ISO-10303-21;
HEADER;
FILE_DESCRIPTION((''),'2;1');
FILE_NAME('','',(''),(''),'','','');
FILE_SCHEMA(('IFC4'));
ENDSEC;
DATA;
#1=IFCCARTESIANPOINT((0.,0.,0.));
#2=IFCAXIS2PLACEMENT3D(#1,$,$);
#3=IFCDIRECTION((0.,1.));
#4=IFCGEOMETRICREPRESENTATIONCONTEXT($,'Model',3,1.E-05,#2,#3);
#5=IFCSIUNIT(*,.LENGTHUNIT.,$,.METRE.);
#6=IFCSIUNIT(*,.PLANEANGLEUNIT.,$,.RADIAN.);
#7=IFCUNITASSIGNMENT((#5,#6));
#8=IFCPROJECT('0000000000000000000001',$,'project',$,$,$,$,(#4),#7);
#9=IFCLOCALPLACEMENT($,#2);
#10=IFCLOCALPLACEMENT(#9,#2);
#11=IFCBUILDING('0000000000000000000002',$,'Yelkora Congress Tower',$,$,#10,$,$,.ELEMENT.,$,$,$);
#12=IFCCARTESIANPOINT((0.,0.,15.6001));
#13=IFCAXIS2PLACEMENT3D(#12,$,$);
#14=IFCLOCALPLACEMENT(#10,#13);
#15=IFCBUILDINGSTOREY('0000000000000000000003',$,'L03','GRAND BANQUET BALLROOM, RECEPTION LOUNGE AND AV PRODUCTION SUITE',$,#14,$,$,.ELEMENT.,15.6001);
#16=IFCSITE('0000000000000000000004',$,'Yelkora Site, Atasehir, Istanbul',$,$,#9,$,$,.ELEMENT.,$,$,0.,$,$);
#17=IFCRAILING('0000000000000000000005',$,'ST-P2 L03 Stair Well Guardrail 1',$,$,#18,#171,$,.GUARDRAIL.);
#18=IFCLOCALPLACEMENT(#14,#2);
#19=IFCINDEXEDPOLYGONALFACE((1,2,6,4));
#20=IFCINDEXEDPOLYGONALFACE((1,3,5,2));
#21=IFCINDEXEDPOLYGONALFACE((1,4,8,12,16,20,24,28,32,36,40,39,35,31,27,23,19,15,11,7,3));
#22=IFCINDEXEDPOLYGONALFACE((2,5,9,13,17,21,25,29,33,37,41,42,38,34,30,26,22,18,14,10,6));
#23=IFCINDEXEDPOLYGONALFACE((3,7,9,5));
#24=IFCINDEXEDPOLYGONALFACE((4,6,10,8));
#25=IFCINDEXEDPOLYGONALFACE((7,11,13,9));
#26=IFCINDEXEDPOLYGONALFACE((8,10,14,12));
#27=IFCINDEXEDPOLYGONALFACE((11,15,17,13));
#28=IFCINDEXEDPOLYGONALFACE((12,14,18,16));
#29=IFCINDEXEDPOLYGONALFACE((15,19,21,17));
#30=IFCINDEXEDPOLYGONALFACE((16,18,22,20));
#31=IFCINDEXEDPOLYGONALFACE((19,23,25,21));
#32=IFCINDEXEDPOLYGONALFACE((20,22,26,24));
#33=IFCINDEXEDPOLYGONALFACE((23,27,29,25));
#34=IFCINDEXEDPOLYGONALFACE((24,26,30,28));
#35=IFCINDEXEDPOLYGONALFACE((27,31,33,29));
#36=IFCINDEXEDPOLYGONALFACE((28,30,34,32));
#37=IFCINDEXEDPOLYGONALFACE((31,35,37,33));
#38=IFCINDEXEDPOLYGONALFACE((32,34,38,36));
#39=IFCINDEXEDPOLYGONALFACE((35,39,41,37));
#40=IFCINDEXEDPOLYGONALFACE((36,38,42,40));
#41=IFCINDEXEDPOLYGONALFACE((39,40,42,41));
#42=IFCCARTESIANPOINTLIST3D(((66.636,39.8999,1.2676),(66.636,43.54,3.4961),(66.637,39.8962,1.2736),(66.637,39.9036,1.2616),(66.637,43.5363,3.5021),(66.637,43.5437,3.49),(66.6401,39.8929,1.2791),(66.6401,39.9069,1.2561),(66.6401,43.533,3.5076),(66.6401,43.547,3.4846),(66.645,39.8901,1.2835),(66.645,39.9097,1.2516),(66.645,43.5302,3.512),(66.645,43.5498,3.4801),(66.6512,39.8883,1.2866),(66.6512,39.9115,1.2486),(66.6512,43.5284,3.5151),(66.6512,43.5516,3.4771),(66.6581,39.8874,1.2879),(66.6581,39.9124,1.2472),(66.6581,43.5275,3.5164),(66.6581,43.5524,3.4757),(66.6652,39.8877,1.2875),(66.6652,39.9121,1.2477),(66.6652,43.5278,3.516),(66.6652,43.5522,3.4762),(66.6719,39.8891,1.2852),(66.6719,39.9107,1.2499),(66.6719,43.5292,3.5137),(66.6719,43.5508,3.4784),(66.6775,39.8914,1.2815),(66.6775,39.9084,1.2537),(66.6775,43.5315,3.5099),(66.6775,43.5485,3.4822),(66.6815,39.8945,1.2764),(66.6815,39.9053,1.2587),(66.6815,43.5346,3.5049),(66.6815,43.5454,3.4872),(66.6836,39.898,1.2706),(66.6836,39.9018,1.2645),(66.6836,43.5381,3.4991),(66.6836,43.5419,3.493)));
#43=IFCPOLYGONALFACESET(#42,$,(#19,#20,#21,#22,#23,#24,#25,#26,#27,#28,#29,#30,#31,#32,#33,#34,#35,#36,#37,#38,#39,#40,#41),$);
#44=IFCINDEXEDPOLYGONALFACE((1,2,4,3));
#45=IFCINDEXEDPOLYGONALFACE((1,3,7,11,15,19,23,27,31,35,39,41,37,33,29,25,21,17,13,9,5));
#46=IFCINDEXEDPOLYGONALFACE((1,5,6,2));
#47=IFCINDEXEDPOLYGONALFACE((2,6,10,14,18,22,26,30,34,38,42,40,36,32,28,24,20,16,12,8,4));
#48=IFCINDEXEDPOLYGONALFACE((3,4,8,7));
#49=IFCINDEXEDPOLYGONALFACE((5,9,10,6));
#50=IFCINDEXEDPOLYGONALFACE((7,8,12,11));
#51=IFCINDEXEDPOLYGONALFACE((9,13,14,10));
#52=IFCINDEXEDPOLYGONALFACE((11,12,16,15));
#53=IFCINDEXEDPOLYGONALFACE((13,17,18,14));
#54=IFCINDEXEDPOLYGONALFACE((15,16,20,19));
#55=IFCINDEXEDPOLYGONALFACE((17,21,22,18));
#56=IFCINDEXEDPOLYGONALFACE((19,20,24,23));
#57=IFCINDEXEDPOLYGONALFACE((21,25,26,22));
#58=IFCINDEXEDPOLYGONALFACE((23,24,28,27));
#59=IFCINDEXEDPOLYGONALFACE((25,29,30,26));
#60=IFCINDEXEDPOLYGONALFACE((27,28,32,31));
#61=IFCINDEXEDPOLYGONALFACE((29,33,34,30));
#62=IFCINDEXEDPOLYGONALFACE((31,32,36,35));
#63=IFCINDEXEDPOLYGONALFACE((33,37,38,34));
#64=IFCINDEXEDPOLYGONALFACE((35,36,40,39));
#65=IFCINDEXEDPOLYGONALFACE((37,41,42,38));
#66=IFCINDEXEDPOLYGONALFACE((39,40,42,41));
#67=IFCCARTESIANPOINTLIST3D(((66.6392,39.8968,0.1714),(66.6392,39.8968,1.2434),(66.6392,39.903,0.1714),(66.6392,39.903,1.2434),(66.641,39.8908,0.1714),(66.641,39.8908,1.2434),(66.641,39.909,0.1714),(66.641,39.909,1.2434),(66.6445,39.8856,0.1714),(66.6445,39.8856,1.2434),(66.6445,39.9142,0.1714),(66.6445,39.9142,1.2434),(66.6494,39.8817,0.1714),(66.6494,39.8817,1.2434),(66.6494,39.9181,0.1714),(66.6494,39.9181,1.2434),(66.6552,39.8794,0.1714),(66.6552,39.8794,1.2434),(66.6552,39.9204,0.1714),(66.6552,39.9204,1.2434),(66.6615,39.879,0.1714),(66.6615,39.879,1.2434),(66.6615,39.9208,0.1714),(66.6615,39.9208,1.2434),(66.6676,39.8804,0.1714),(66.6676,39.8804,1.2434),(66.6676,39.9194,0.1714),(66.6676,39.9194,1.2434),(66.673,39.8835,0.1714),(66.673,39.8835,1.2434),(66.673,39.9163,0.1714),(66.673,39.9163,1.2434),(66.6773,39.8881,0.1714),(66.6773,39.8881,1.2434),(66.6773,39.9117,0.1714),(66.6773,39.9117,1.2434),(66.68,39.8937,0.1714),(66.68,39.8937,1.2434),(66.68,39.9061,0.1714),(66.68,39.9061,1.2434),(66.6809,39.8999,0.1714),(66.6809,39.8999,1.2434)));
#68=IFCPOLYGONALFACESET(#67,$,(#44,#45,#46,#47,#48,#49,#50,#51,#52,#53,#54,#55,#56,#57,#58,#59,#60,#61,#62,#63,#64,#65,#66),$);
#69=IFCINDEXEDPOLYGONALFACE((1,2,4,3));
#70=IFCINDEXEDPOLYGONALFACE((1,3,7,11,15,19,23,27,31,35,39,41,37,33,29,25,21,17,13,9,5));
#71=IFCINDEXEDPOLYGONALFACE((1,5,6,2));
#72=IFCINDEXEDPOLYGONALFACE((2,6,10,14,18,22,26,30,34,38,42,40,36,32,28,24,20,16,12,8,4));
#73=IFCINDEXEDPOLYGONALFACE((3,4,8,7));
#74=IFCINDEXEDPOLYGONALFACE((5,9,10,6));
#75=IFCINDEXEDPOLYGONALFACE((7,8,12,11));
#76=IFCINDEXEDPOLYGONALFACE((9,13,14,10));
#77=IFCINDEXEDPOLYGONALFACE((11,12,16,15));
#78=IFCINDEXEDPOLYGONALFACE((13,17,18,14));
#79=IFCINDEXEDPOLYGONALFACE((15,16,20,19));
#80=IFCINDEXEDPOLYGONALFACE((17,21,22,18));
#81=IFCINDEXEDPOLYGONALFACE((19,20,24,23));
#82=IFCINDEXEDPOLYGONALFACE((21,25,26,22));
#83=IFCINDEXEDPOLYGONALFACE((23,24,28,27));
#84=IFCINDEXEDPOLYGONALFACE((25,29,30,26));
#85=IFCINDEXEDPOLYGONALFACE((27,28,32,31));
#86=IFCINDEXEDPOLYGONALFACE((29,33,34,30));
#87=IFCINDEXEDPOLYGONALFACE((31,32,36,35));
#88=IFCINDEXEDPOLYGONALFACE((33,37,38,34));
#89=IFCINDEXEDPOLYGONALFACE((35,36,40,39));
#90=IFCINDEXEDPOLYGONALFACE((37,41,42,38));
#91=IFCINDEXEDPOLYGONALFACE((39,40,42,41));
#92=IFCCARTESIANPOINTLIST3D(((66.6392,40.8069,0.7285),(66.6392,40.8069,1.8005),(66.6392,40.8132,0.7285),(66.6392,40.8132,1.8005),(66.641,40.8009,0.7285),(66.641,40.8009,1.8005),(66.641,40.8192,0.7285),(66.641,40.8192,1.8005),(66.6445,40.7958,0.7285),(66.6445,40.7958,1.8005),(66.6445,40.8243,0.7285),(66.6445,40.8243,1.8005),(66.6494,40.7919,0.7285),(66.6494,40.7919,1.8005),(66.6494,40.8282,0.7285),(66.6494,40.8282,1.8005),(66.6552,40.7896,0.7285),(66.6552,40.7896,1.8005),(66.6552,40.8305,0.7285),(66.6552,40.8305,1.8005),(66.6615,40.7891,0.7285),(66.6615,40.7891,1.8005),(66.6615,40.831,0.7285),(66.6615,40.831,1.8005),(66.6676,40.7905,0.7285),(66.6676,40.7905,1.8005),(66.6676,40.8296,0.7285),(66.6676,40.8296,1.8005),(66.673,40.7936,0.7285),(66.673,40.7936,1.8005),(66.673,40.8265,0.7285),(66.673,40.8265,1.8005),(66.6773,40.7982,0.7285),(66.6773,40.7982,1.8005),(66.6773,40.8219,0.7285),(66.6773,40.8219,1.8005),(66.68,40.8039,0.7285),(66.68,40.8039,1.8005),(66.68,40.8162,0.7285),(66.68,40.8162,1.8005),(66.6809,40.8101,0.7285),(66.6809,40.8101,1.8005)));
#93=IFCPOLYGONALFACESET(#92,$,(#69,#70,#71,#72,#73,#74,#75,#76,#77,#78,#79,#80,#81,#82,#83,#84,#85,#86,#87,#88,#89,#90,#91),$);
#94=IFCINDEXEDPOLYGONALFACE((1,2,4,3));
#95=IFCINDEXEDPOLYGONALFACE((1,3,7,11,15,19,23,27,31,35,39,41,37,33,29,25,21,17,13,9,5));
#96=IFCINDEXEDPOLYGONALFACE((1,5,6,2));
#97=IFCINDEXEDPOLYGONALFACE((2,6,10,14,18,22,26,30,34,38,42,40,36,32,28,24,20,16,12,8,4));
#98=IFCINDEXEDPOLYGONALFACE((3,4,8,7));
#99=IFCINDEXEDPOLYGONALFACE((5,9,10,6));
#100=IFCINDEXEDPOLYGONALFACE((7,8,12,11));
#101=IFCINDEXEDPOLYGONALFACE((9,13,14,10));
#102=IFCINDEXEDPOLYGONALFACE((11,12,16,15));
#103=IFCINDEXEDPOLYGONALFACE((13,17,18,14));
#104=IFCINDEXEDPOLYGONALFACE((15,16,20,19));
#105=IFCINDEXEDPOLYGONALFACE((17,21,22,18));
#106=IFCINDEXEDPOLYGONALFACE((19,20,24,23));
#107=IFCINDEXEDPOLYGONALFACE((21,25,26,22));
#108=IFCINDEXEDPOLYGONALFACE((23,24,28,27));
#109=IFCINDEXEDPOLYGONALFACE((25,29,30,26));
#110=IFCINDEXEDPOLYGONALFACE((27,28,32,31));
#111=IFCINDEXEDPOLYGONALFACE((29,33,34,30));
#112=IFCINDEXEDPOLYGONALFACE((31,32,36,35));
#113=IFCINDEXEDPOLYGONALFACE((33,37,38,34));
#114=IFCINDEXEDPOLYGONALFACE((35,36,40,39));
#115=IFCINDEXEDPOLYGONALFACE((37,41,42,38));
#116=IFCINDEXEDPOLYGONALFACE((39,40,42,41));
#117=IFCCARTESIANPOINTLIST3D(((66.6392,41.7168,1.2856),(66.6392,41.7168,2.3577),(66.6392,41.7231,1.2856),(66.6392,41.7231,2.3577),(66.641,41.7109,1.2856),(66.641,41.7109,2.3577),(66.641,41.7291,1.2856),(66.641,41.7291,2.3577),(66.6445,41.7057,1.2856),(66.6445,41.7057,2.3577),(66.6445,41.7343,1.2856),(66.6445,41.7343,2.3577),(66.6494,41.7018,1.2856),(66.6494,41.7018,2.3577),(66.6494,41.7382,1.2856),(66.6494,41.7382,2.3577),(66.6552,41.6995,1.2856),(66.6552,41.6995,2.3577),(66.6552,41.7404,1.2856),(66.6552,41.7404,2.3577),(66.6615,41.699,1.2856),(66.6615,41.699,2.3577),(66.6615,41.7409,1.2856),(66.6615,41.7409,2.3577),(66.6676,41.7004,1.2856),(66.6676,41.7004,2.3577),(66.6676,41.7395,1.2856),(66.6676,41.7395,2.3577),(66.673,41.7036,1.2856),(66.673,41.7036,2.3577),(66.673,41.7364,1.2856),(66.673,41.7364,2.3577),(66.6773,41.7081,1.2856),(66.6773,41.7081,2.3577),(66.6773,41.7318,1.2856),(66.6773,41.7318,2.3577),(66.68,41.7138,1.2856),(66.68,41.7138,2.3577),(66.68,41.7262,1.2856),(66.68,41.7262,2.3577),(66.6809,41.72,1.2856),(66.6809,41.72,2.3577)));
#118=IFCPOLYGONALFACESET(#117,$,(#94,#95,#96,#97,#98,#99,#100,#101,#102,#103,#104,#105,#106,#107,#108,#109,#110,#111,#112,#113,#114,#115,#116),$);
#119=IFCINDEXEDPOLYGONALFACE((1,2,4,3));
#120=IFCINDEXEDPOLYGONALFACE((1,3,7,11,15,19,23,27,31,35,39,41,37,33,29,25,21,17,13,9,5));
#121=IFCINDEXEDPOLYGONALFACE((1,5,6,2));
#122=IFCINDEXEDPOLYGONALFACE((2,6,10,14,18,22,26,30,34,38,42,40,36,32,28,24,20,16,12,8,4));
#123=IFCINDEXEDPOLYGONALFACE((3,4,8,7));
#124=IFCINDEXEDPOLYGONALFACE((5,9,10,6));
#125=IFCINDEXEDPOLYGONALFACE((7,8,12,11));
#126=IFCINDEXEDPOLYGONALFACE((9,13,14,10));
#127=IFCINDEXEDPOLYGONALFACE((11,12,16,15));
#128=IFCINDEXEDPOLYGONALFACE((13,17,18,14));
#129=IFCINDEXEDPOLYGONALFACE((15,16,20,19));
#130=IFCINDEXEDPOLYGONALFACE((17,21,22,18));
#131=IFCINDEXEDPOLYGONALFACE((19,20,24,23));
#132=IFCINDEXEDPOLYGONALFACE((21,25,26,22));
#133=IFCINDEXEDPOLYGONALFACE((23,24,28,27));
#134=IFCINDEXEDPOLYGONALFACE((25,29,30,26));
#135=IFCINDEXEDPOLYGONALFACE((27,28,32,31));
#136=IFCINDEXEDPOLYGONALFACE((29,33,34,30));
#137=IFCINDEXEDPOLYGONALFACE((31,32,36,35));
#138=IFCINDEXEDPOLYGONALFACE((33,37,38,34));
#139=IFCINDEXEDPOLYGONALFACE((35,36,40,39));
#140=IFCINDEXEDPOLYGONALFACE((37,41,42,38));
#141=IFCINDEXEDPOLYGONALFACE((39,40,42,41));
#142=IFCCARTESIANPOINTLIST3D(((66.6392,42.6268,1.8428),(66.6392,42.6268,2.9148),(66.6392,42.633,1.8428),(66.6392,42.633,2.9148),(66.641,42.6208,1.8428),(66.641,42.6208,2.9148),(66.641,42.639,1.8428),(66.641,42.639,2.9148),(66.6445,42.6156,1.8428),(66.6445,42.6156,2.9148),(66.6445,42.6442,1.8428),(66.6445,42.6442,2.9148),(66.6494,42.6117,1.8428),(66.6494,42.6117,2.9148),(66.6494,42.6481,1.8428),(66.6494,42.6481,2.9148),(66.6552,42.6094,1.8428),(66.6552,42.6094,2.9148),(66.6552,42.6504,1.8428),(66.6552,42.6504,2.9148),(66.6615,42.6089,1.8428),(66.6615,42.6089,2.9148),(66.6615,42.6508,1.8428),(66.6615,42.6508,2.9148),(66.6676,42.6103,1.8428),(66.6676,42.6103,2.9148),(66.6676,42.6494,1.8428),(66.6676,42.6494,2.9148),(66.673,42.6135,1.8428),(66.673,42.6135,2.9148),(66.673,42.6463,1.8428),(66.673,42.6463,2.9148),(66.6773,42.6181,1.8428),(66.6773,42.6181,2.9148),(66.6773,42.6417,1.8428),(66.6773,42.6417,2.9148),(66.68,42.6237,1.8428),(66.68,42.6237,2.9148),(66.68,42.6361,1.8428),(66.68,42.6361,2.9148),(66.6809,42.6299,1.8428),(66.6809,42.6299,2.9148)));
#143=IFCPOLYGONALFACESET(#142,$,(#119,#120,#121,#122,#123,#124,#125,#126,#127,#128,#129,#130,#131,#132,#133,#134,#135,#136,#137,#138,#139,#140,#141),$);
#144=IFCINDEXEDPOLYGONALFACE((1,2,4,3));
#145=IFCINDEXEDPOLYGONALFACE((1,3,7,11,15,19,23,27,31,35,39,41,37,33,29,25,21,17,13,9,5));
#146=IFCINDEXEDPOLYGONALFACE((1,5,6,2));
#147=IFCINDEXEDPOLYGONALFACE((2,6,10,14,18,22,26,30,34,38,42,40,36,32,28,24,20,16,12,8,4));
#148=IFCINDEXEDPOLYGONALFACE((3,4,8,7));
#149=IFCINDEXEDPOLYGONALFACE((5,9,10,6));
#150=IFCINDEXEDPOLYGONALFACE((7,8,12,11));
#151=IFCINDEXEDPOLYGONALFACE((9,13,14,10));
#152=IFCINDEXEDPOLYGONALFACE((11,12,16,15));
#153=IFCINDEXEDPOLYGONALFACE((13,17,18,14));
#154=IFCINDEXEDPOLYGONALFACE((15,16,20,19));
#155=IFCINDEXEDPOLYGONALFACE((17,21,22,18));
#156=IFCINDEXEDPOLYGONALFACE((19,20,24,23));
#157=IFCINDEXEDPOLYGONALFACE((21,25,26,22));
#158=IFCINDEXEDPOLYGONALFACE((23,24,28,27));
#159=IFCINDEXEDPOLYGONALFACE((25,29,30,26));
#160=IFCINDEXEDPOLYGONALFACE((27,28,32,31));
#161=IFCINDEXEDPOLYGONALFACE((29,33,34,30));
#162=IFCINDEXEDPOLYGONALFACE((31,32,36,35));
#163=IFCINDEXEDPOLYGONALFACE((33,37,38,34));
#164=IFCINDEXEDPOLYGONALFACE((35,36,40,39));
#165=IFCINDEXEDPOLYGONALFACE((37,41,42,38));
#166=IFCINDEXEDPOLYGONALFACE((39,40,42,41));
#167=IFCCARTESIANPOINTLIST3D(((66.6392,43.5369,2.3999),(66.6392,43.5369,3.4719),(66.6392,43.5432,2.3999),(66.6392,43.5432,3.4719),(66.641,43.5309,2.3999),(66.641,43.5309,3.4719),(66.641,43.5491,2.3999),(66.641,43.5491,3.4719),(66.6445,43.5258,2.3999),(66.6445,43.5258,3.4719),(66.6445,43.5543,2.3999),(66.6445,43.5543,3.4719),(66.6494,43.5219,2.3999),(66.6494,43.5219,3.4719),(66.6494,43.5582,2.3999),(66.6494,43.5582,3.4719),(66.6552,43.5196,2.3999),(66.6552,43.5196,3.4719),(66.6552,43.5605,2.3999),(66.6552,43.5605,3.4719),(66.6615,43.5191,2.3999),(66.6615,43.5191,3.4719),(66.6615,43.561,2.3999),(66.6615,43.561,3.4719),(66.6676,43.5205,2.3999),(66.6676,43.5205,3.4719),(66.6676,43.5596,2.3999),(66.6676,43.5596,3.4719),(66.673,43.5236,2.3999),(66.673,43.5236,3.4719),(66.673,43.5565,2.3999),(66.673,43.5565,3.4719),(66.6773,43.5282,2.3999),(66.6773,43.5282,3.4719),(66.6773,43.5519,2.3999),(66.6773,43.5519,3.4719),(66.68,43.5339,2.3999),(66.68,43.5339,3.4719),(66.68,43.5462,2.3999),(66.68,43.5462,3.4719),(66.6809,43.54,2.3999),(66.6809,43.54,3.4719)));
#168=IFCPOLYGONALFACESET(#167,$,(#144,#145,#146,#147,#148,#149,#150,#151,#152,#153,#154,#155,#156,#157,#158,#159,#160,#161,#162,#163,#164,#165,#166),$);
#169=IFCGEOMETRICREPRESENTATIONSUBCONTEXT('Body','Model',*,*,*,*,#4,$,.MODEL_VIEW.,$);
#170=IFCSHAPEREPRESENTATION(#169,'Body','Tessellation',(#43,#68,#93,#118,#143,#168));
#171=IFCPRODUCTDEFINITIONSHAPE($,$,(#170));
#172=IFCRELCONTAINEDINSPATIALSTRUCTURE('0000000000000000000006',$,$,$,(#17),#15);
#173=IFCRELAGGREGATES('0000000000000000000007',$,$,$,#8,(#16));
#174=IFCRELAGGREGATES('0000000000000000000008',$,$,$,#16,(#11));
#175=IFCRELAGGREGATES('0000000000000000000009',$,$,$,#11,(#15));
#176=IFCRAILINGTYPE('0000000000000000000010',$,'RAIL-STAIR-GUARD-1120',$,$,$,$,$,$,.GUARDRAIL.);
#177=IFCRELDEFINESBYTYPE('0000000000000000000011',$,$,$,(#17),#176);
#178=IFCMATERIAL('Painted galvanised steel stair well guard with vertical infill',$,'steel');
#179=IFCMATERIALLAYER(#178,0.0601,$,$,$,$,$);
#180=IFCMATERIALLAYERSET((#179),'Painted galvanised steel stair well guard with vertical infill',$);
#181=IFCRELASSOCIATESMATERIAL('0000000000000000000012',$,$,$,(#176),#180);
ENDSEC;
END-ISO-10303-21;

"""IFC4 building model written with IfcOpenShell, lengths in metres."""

from ifc_helpers import new_model, si_unit, direction, frame, origin, origin_2d, place, context, subcontext, project, spatial, circle, extrude, material, layer, layer_set, type_object, element, save


model = new_model("IFC4")

# Units and contexts
model_context = context("Model", 3, precision=1e-05, world=origin(), true_north=direction((0.0, 1.0)))
body_context = subcontext(model_context, "Body", "Model", "MODEL_VIEW")
ifc_project = project(units=[si_unit("LENGTHUNIT", "METRE"), si_unit("PLANEANGLEUNIT", "RADIAN")], contexts=[model_context])

# Site, building, storey
site_placement = place(None, origin())
site = spatial("IfcSite", under=ifc_project, at=site_placement, Name="Yelkora Site, Atasehir, Istanbul", CompositionType="ELEMENT", RefElevation=0.0)
building_placement = place(site_placement, origin())
building = spatial("IfcBuilding", under=site, at=building_placement, Name="Yelkora Congress Tower", CompositionType="ELEMENT")
storey_placement = place(building_placement, frame((0.0, 0.0, 15.6001)))
storey = spatial("IfcBuildingStorey", under=building, at=storey_placement, Name="L03", Description="GRAND BANQUET BALLROOM, RECEPTION LOUNGE AND AV PRODUCTION SUITE", CompositionType="ELEMENT", Elevation=15.6001)

# Railing
ifc_material_1 = material(Name="Painted galvanised steel stair well guard with vertical infill", Category="steel")
ifc_layer_1 = layer(ifc_material_1, 0.0601)
ifc_layer_set_1 = layer_set([ifc_layer_1], Name="Painted galvanised steel stair well guard with vertical infill")
railing_type = type_object("IfcRailingType", Name="RAIL-STAIR-GUARD-1120", PredefinedType="GUARDRAIL", material=ifc_layer_set_1)
railing_1_placement = place(storey_placement, frame((66.6599, 39.8999, 0.1714)))
element("IfcRailing", 1, at=railing_1_placement, inside=storey, type_object=railing_type, Name="ST-P2 L03 Stair Well Guardrail 1", PredefinedType="GUARDRAIL", context=body_context, shape_type="SweptSolid", body=[
    extrude(circle(Radius=0.0239, at=origin_2d()), frame((0.0, 0.0, 1.0962), z_axis=(0.0, 0.852866, 0.52213), x_axis=(-1.0, 0.0, 0.0)), (0.0, 0.0, 1.0), 4.2681),
    extrude(circle(Radius=0.021, at=origin_2d()), origin(), (0.0, 0.0, 1.0), 1.072),
    extrude(circle(Radius=0.021, at=origin_2d()), frame((0.0, 0.9102, 0.5571)), (0.0, 0.0, 1.0), 1.072),
    extrude(circle(Radius=0.021, at=origin_2d()), frame((0.0, 1.8201, 1.1143)), (0.0, 0.0, 1.0), 1.072),
    extrude(circle(Radius=0.021, at=origin_2d()), frame((0.0, 2.73, 1.6714)), (0.0, 0.0, 1.0), 1.072),
    extrude(circle(Radius=0.021, at=origin_2d()), frame((0.0, 3.6401, 2.2285)), (0.0, 0.0, 1.0), 1.072),
])

save(model, "model.ifc")
